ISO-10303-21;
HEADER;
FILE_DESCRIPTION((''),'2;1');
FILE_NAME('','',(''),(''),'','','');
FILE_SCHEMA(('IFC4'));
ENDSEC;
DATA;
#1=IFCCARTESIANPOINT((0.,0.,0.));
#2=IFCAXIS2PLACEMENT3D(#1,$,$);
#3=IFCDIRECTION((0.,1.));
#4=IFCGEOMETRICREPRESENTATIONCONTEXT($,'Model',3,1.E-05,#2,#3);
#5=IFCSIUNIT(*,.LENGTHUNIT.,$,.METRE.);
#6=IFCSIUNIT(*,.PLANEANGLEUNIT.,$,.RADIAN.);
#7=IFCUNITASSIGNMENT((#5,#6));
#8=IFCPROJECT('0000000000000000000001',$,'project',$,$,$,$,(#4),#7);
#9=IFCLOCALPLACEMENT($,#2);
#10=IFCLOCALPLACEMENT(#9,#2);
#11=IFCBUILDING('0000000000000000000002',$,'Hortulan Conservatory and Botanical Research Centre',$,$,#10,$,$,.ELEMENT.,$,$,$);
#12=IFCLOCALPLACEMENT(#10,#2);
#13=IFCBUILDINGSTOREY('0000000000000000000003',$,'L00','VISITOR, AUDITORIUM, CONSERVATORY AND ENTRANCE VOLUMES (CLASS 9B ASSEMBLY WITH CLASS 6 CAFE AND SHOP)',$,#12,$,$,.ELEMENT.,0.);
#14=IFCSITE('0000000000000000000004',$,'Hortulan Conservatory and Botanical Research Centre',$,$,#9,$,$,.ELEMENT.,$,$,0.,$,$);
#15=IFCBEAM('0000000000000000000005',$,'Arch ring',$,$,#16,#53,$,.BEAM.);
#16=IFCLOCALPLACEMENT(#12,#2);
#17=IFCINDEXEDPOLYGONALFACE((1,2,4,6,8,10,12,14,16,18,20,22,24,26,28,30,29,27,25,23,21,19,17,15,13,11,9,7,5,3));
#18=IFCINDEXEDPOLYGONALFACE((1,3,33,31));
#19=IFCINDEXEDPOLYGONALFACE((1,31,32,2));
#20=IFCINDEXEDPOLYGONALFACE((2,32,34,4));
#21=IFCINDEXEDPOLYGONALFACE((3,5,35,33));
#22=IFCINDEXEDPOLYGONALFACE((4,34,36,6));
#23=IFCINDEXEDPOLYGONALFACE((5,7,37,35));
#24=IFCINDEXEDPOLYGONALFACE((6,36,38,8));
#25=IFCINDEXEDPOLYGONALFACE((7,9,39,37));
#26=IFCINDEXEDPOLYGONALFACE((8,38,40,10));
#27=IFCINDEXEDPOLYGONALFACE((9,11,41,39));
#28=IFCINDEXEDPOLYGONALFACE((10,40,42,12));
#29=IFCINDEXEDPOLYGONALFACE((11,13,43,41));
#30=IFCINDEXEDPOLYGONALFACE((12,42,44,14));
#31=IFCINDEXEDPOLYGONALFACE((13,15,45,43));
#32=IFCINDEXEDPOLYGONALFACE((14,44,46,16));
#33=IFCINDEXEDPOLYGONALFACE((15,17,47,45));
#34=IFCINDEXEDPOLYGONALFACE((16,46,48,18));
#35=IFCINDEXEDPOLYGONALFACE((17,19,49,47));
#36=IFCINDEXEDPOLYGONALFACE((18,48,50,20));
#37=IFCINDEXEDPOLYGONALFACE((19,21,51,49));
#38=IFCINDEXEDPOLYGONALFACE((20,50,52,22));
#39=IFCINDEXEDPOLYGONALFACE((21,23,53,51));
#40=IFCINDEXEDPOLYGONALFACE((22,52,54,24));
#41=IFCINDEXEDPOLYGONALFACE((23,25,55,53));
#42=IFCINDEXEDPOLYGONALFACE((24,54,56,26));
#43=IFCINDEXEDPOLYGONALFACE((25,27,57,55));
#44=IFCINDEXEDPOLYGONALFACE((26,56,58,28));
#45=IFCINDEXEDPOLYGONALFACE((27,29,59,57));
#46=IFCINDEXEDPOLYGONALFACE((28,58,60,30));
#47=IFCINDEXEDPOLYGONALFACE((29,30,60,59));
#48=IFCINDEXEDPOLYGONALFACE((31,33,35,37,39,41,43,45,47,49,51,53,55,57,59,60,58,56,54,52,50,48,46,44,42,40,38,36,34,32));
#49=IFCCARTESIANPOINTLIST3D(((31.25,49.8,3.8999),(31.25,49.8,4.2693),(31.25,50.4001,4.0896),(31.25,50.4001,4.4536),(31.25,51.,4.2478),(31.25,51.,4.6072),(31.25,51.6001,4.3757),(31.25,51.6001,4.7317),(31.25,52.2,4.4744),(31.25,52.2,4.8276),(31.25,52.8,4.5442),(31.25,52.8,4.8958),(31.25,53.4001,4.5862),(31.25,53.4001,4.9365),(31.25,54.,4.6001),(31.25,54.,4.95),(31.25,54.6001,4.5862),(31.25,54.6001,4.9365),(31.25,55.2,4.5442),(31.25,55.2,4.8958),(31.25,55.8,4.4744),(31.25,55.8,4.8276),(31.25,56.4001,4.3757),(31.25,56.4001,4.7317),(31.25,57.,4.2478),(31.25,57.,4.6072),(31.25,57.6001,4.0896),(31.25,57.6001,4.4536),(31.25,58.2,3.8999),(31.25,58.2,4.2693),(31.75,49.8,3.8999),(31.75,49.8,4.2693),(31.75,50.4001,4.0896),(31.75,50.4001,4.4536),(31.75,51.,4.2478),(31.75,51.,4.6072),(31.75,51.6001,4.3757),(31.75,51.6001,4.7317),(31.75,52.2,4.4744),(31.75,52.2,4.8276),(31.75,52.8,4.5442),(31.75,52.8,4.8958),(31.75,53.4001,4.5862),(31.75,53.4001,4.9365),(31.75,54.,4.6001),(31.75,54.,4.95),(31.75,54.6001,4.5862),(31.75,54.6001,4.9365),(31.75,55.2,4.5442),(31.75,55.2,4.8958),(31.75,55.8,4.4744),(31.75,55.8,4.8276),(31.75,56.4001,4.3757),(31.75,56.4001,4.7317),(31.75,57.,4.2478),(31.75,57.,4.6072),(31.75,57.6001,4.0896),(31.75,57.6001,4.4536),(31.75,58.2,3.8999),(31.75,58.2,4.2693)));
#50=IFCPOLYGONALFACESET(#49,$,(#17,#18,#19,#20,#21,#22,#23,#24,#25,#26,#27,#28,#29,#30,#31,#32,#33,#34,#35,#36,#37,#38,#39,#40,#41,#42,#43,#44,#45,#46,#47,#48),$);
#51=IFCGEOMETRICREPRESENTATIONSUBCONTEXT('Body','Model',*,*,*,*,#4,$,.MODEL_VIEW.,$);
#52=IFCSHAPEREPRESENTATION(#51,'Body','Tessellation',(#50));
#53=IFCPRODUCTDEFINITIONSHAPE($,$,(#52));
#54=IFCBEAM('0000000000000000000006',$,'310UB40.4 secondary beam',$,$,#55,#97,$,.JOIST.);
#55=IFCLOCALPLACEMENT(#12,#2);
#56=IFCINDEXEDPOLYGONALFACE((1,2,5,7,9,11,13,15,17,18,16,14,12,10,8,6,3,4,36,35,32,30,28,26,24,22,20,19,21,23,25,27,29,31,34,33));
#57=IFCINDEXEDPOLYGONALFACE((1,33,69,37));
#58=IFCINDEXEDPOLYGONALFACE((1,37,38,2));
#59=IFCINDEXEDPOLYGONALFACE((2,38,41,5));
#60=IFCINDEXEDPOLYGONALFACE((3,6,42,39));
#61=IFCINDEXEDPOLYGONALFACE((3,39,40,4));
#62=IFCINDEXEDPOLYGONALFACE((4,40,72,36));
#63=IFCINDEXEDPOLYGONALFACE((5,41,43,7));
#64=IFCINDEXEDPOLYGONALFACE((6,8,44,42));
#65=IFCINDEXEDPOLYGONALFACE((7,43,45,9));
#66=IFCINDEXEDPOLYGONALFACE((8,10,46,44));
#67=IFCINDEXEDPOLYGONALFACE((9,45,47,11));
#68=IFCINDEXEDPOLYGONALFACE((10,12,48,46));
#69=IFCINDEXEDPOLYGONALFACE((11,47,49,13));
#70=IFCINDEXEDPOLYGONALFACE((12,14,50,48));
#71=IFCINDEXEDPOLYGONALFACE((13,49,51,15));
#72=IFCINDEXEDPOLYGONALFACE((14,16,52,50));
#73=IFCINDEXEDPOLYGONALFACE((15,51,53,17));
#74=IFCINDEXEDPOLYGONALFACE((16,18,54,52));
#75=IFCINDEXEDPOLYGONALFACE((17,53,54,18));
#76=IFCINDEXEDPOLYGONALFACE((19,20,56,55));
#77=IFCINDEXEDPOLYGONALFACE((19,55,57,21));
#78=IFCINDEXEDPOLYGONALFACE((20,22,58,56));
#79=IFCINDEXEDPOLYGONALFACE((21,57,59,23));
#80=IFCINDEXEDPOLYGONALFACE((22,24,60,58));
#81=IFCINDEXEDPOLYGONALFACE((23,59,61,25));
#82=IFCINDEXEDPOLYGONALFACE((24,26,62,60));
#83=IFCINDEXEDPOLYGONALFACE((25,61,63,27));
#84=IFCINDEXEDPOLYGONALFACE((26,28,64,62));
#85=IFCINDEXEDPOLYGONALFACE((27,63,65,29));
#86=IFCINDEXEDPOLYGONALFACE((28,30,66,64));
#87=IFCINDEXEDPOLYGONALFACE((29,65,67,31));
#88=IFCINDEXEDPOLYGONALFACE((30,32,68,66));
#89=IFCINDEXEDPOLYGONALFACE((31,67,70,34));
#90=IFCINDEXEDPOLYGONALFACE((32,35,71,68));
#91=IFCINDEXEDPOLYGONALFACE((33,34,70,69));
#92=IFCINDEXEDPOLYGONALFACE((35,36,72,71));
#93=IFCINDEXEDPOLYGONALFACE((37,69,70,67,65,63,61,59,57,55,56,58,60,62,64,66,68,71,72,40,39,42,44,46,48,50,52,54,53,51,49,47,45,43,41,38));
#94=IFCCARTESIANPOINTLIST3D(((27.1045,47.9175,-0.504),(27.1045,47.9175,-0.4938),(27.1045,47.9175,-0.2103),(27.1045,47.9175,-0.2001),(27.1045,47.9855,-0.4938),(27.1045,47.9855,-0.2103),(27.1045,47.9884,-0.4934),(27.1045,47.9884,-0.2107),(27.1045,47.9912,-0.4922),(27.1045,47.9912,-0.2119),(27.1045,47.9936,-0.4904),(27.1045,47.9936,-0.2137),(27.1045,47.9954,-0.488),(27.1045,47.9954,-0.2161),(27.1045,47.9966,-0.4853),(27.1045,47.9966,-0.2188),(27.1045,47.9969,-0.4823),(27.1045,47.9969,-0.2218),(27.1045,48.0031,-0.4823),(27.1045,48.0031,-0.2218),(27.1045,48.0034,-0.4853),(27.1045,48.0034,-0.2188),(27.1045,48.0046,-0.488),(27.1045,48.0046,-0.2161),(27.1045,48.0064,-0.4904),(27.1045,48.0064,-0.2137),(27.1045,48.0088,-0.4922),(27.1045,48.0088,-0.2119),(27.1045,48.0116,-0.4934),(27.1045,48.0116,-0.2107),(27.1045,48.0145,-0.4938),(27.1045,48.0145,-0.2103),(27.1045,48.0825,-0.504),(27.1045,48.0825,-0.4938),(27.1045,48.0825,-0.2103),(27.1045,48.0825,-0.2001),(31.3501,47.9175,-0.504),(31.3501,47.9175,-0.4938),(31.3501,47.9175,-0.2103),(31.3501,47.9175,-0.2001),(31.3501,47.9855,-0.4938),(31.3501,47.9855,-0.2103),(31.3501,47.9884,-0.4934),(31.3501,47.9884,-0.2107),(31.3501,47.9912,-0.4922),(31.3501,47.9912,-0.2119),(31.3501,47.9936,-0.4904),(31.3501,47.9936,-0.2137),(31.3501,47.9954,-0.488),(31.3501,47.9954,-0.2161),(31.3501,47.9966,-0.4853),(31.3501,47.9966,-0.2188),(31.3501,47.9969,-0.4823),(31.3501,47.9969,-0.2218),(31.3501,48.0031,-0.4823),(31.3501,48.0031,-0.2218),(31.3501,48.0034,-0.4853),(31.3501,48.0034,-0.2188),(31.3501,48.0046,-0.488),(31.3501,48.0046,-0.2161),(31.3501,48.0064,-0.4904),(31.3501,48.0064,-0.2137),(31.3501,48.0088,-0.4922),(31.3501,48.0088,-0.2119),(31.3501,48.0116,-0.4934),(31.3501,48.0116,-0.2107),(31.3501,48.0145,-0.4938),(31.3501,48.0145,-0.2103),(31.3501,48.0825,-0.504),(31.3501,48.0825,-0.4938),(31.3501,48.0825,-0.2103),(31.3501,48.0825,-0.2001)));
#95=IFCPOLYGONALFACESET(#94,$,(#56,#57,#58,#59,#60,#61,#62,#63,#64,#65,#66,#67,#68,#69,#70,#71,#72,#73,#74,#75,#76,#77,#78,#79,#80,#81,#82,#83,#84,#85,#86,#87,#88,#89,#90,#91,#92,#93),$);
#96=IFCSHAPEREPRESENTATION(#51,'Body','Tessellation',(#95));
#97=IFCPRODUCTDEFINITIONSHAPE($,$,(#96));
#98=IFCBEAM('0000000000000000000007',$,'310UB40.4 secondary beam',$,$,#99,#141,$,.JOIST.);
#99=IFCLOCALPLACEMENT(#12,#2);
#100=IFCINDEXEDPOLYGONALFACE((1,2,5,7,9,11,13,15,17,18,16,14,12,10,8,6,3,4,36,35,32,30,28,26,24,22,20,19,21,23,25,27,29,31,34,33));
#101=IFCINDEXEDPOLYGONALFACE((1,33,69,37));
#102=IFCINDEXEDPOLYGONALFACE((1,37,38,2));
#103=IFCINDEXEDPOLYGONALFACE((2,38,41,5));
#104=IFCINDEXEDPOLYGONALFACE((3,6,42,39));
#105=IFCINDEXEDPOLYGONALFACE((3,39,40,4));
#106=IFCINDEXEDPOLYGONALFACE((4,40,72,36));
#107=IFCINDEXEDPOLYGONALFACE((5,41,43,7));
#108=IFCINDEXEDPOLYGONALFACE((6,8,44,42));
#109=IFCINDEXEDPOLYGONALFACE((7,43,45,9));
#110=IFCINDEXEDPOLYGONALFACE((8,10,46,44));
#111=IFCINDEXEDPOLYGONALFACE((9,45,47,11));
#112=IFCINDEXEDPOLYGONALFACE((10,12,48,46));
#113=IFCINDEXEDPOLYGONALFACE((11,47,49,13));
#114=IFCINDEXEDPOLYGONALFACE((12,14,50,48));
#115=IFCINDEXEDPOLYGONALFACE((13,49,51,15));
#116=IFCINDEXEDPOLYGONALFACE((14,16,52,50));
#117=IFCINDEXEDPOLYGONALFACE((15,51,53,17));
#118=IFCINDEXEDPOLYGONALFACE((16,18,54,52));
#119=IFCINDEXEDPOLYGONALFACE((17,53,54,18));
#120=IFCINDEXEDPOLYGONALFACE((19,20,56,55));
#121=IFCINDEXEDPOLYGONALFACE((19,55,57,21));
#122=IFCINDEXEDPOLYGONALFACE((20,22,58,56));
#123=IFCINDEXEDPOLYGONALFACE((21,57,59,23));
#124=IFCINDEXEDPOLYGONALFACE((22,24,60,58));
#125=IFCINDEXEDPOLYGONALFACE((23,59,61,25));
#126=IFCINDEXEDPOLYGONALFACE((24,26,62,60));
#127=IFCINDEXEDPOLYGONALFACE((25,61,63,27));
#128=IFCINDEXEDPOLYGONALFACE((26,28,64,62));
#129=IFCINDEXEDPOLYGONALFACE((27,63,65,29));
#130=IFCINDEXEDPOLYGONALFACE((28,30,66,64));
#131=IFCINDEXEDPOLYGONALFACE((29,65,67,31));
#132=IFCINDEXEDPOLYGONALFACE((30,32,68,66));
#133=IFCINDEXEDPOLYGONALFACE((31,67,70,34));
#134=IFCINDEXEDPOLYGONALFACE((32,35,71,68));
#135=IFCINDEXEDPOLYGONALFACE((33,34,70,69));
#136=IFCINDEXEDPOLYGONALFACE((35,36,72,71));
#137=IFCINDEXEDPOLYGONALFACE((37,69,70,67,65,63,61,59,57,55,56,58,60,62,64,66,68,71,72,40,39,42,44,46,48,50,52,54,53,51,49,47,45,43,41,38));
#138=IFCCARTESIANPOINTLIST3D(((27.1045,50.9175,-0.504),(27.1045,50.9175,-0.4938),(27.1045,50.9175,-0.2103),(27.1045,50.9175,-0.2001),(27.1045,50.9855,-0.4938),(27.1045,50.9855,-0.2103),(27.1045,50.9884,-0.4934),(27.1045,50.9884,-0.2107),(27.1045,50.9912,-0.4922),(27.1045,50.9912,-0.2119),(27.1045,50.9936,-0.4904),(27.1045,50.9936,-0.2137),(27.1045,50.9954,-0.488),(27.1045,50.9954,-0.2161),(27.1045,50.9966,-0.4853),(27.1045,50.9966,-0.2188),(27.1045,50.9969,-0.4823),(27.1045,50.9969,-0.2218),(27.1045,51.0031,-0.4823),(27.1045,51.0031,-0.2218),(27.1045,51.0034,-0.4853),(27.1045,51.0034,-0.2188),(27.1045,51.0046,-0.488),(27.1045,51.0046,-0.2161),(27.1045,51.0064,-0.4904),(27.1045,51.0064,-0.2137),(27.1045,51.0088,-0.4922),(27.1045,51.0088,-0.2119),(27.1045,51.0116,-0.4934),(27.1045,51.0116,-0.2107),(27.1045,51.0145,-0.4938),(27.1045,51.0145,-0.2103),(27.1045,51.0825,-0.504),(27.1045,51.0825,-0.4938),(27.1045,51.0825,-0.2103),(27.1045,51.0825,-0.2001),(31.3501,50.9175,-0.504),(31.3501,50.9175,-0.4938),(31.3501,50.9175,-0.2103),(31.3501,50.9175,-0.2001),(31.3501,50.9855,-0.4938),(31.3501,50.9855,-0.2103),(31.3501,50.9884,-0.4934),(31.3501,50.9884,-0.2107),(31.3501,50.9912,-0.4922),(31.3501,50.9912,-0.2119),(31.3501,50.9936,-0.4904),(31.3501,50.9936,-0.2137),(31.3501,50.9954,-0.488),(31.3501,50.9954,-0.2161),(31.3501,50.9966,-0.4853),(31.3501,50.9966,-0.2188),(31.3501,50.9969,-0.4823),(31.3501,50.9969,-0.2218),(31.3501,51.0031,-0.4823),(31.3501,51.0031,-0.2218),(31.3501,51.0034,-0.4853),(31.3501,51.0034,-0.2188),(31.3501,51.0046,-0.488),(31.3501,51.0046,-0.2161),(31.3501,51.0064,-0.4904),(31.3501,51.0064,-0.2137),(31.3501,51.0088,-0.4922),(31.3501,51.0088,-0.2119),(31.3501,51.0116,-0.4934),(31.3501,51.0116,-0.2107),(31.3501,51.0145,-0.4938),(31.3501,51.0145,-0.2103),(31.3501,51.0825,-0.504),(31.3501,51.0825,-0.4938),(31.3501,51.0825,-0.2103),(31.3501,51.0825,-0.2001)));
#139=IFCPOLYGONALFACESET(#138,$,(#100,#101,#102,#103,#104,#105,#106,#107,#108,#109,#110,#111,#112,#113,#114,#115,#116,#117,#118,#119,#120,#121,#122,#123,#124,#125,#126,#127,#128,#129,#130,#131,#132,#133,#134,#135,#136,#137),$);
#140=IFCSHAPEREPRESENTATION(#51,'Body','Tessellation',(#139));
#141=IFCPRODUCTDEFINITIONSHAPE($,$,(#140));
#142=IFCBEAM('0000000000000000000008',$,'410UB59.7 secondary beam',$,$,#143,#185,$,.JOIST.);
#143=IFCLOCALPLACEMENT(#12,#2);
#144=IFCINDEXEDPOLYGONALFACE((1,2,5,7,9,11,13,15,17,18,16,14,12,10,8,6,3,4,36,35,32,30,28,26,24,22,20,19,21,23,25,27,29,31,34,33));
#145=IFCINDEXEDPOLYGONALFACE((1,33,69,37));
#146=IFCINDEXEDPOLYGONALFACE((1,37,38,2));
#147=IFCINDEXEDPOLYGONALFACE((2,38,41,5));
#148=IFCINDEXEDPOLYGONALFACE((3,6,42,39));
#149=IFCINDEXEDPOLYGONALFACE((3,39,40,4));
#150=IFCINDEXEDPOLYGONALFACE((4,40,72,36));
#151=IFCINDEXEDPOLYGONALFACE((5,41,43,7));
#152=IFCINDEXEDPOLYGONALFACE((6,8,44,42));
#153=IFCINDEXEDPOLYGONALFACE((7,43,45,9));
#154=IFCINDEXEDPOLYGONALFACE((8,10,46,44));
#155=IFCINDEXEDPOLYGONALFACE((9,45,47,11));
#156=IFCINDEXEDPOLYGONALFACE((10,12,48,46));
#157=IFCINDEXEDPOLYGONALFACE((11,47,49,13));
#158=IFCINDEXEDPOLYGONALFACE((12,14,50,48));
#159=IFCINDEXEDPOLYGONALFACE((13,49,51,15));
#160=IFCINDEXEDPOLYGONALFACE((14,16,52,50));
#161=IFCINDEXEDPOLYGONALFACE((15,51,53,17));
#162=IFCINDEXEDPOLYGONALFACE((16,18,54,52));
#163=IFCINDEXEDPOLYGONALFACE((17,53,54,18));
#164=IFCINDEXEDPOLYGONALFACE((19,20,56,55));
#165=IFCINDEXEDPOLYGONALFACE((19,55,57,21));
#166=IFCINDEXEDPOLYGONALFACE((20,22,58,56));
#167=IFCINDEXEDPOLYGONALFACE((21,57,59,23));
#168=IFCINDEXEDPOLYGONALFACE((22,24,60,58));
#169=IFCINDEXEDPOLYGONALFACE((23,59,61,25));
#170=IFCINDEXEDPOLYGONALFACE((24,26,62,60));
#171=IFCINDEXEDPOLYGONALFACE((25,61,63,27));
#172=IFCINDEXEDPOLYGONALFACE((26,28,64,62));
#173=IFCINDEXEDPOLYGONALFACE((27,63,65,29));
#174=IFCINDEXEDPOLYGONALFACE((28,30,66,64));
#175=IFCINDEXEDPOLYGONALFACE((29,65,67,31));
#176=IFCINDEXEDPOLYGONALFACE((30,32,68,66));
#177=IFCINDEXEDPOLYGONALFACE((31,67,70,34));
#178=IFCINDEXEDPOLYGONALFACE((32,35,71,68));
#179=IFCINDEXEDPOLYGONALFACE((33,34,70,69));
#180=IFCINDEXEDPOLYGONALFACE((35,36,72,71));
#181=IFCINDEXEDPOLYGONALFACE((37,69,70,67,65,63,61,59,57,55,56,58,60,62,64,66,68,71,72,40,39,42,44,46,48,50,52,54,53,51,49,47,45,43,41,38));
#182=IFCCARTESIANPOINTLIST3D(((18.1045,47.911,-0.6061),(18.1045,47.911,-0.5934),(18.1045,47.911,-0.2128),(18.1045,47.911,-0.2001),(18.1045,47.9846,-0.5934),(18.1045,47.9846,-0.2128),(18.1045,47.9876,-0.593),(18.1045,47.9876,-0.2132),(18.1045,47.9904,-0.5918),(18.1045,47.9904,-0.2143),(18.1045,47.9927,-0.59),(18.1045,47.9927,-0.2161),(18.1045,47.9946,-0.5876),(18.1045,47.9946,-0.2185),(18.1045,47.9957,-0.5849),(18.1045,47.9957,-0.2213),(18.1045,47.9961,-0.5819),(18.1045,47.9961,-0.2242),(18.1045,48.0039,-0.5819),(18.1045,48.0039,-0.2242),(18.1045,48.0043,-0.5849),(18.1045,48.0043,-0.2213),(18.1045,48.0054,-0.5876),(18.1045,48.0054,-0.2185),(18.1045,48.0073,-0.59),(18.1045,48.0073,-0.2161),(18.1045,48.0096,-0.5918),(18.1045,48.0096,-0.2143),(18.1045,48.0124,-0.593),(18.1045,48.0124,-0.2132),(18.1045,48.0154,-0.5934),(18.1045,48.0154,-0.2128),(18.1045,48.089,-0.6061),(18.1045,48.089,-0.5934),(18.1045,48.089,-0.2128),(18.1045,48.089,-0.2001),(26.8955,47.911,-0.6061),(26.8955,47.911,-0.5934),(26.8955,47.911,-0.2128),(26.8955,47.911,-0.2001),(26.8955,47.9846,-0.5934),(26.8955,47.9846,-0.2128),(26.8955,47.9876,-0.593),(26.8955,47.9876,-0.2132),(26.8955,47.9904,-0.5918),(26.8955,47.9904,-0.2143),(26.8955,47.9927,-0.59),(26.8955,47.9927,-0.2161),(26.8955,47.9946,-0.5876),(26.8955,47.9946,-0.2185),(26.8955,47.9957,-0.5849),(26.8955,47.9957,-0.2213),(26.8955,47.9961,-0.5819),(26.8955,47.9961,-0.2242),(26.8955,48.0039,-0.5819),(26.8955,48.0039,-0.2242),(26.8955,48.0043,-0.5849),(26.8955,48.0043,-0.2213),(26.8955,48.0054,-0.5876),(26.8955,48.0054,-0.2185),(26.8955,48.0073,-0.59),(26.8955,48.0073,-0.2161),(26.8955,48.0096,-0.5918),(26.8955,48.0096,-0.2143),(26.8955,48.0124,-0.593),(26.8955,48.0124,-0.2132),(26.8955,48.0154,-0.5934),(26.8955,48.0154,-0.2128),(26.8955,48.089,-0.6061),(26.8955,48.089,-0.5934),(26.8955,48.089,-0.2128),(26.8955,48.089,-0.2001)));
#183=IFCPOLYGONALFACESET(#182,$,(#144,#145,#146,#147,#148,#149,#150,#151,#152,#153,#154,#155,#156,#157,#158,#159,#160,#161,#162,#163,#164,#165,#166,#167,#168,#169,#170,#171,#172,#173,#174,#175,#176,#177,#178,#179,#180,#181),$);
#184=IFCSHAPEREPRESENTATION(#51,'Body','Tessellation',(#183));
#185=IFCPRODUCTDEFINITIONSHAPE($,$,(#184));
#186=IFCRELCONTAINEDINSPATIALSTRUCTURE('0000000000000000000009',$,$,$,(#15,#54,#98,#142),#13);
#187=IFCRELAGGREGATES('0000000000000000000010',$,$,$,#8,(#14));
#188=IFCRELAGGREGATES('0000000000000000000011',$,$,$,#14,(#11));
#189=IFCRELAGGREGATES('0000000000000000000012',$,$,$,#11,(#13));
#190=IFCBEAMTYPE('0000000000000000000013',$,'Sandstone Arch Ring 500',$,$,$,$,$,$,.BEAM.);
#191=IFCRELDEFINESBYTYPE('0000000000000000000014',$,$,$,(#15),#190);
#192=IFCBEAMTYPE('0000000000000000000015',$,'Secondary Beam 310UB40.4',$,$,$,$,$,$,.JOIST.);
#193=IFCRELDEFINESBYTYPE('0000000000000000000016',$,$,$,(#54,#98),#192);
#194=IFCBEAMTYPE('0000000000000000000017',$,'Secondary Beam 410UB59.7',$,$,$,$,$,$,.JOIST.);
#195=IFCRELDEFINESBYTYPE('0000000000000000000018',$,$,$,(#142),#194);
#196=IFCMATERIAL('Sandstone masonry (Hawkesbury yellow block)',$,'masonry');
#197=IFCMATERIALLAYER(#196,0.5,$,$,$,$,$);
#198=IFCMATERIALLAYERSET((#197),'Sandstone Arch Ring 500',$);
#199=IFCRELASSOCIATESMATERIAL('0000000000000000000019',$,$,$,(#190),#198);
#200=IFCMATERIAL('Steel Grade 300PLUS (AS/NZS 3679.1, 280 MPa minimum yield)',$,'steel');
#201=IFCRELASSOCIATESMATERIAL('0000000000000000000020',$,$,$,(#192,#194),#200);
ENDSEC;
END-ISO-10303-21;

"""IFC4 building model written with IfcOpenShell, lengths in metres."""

from ifc_helpers import new_model, si_unit, direction, frame, origin, origin_2d, place, context, subcontext, project, spatial, polyline, i_section, outline, extrude, material, layer, layer_set, material_profile, profile_set, type_object, element, save


model = new_model("IFC4")

# Units and contexts
model_context = context("Model", 3, precision=1e-05, world=origin(), true_north=direction((0.0, 1.0)))
body_context = subcontext(model_context, "Body", "Model", "MODEL_VIEW")
ifc_project = project(units=[si_unit("LENGTHUNIT", "METRE"), si_unit("PLANEANGLEUNIT", "RADIAN")], contexts=[model_context])

# Site, building, storey
site_placement = place(None, origin())
site = spatial("IfcSite", under=ifc_project, at=site_placement, Name="Hortulan Conservatory and Botanical Research Centre", CompositionType="ELEMENT", RefElevation=0.0)
building_placement = place(site_placement, origin())
building = spatial("IfcBuilding", under=site, at=building_placement, Name="Hortulan Conservatory and Botanical Research Centre", CompositionType="ELEMENT")
storey_placement = place(building_placement, origin())
storey = spatial("IfcBuildingStorey", under=building, at=storey_placement, Name="L00", Description="VISITOR, AUDITORIUM, CONSERVATORY AND ENTRANCE VOLUMES (CLASS 9B ASSEMBLY WITH CLASS 6 CAFE AND SHOP)", CompositionType="ELEMENT", Elevation=0.0)

# Shared definitions
ifc_material_1 = material(Name="Steel Grade 300PLUS (AS/NZS 3679.1, 280 MPa minimum yield)", Category="steel")

# Beams
ifc_material_2 = material(Name="Sandstone masonry (Hawkesbury yellow block)", Category="masonry")
ifc_layer_1 = layer(ifc_material_2, 0.5)
ifc_layer_set_1 = layer_set([ifc_layer_1], Name="Sandstone Arch Ring 500")
beam_type_1 = type_object("IfcBeamType", Name="Sandstone Arch Ring 500", PredefinedType="BEAM", material=ifc_layer_set_1)
beam_1_placement = place(storey_placement, frame((31.5, 49.8, 3.8999), z_axis=(0.0, 0.0, 1.0), x_axis=(0.0, 1.0, 0.0)))
element("IfcBeam", 1, at=beam_1_placement, inside=storey, type_object=beam_type_1, Name="Arch ring", PredefinedType="BEAM", context=body_context, shape_type="SweptSolid", body=[
    extrude(outline(polyline([(0.0, 0.0), (0.6001, 0.1897), (1.2, 0.3479), (1.8, 0.4758), (2.3999, 0.5745), (3.0, 0.6443), (3.6001, 0.6863), (4.2, 0.7002), (4.8, 0.6863), (5.3999, 0.6443), (6.0, 0.5745), (6.6001, 0.4758), (7.2, 0.3479), (7.8, 0.1897), (8.3999, 0.0), (8.3999, 0.3694), (7.8, 0.5537), (7.2, 0.7073), (6.6001, 0.8318), (6.0, 0.9277), (5.3999, 0.9958), (4.8, 1.0366), (4.2, 1.05), (3.6001, 1.0366), (3.0, 0.9958), (2.3999, 0.9277), (1.8, 0.8318), (1.2, 0.7073), (0.6001, 0.5537), (0.0, 0.3694), (0.0, 0.0)])), frame((0.0, 0.25, 0.0), z_axis=(0.0, -1.0, 0.0), x_axis=(1.0, 0.0, 0.0)), (0.0, 0.0, 1.0), 0.5),
])
ifc_material_profile_1 = material_profile(ifc_material_1, i_section(OverallWidth=0.165, OverallDepth=0.304, WebThickness=0.0061, FlangeThickness=0.0103, FilletRadius=0.0115, at=origin_2d()), Name="310UB40.4")
ifc_profile_set_1 = profile_set([ifc_material_profile_1], Name="Steel Grade 300PLUS (AS/NZS 3679.1, 280 MPa minimum yield)")
beam_type_2 = type_object("IfcBeamType", Name="Secondary Beam 310UB40.4", PredefinedType="JOIST", material=ifc_profile_set_1)
for number, where, z_axis, x_axis, name in (
    (2, (27.1045, 48.0, -0.3521), (1.0, 0.0, 0.0), (0.0, 1.0, 0.0), "310UB40.4 secondary beam"),
    (3, (27.1045, 51.0, -0.3521), (1.0, 0.0, 0.0), (0.0, 1.0, 0.0), "310UB40.4 secondary beam"),
):
    element("IfcBeam", number, at=place(storey_placement, frame(where, z_axis=z_axis, x_axis=x_axis)), inside=storey, type_object=beam_type_2, Name=name, PredefinedType="JOIST", context=body_context, shape_type="SweptSolid", body=[
        extrude(i_section(OverallWidth=0.165, OverallDepth=0.304, WebThickness=0.0061, FlangeThickness=0.0103, FilletRadius=0.0115, at=origin_2d()), origin(), (0.0, 0.0, 1.0), 4.2456),
    ])
ifc_material_profile_2 = material_profile(ifc_material_1, i_section(OverallWidth=0.178, OverallDepth=0.406, WebThickness=0.0078, FlangeThickness=0.0127, FilletRadius=0.0115, at=origin_2d()), Name="410UB59.7")
ifc_profile_set_2 = profile_set([ifc_material_profile_2], Name="Steel Grade 300PLUS (AS/NZS 3679.1, 280 MPa minimum yield)")
beam_type_3 = type_object("IfcBeamType", Name="Secondary Beam 410UB59.7", PredefinedType="JOIST", material=ifc_profile_set_2)
for number, where, z_axis, x_axis, name in (
    (4, (18.1045, 48.0, -0.4031), (1.0, 0.0, 0.0), (0.0, 1.0, 0.0), "410UB59.7 secondary beam"),
):
    element("IfcBeam", number, at=place(storey_placement, frame(where, z_axis=z_axis, x_axis=x_axis)), inside=storey, type_object=beam_type_3, Name=name, PredefinedType="JOIST", context=body_context, shape_type="SweptSolid", body=[
        extrude(i_section(OverallWidth=0.178, OverallDepth=0.406, WebThickness=0.0078, FlangeThickness=0.0127, FilletRadius=0.0115, at=origin_2d()), origin(), (0.0, 0.0, 1.0), 8.791),
    ])

save(model, "model.ifc")
